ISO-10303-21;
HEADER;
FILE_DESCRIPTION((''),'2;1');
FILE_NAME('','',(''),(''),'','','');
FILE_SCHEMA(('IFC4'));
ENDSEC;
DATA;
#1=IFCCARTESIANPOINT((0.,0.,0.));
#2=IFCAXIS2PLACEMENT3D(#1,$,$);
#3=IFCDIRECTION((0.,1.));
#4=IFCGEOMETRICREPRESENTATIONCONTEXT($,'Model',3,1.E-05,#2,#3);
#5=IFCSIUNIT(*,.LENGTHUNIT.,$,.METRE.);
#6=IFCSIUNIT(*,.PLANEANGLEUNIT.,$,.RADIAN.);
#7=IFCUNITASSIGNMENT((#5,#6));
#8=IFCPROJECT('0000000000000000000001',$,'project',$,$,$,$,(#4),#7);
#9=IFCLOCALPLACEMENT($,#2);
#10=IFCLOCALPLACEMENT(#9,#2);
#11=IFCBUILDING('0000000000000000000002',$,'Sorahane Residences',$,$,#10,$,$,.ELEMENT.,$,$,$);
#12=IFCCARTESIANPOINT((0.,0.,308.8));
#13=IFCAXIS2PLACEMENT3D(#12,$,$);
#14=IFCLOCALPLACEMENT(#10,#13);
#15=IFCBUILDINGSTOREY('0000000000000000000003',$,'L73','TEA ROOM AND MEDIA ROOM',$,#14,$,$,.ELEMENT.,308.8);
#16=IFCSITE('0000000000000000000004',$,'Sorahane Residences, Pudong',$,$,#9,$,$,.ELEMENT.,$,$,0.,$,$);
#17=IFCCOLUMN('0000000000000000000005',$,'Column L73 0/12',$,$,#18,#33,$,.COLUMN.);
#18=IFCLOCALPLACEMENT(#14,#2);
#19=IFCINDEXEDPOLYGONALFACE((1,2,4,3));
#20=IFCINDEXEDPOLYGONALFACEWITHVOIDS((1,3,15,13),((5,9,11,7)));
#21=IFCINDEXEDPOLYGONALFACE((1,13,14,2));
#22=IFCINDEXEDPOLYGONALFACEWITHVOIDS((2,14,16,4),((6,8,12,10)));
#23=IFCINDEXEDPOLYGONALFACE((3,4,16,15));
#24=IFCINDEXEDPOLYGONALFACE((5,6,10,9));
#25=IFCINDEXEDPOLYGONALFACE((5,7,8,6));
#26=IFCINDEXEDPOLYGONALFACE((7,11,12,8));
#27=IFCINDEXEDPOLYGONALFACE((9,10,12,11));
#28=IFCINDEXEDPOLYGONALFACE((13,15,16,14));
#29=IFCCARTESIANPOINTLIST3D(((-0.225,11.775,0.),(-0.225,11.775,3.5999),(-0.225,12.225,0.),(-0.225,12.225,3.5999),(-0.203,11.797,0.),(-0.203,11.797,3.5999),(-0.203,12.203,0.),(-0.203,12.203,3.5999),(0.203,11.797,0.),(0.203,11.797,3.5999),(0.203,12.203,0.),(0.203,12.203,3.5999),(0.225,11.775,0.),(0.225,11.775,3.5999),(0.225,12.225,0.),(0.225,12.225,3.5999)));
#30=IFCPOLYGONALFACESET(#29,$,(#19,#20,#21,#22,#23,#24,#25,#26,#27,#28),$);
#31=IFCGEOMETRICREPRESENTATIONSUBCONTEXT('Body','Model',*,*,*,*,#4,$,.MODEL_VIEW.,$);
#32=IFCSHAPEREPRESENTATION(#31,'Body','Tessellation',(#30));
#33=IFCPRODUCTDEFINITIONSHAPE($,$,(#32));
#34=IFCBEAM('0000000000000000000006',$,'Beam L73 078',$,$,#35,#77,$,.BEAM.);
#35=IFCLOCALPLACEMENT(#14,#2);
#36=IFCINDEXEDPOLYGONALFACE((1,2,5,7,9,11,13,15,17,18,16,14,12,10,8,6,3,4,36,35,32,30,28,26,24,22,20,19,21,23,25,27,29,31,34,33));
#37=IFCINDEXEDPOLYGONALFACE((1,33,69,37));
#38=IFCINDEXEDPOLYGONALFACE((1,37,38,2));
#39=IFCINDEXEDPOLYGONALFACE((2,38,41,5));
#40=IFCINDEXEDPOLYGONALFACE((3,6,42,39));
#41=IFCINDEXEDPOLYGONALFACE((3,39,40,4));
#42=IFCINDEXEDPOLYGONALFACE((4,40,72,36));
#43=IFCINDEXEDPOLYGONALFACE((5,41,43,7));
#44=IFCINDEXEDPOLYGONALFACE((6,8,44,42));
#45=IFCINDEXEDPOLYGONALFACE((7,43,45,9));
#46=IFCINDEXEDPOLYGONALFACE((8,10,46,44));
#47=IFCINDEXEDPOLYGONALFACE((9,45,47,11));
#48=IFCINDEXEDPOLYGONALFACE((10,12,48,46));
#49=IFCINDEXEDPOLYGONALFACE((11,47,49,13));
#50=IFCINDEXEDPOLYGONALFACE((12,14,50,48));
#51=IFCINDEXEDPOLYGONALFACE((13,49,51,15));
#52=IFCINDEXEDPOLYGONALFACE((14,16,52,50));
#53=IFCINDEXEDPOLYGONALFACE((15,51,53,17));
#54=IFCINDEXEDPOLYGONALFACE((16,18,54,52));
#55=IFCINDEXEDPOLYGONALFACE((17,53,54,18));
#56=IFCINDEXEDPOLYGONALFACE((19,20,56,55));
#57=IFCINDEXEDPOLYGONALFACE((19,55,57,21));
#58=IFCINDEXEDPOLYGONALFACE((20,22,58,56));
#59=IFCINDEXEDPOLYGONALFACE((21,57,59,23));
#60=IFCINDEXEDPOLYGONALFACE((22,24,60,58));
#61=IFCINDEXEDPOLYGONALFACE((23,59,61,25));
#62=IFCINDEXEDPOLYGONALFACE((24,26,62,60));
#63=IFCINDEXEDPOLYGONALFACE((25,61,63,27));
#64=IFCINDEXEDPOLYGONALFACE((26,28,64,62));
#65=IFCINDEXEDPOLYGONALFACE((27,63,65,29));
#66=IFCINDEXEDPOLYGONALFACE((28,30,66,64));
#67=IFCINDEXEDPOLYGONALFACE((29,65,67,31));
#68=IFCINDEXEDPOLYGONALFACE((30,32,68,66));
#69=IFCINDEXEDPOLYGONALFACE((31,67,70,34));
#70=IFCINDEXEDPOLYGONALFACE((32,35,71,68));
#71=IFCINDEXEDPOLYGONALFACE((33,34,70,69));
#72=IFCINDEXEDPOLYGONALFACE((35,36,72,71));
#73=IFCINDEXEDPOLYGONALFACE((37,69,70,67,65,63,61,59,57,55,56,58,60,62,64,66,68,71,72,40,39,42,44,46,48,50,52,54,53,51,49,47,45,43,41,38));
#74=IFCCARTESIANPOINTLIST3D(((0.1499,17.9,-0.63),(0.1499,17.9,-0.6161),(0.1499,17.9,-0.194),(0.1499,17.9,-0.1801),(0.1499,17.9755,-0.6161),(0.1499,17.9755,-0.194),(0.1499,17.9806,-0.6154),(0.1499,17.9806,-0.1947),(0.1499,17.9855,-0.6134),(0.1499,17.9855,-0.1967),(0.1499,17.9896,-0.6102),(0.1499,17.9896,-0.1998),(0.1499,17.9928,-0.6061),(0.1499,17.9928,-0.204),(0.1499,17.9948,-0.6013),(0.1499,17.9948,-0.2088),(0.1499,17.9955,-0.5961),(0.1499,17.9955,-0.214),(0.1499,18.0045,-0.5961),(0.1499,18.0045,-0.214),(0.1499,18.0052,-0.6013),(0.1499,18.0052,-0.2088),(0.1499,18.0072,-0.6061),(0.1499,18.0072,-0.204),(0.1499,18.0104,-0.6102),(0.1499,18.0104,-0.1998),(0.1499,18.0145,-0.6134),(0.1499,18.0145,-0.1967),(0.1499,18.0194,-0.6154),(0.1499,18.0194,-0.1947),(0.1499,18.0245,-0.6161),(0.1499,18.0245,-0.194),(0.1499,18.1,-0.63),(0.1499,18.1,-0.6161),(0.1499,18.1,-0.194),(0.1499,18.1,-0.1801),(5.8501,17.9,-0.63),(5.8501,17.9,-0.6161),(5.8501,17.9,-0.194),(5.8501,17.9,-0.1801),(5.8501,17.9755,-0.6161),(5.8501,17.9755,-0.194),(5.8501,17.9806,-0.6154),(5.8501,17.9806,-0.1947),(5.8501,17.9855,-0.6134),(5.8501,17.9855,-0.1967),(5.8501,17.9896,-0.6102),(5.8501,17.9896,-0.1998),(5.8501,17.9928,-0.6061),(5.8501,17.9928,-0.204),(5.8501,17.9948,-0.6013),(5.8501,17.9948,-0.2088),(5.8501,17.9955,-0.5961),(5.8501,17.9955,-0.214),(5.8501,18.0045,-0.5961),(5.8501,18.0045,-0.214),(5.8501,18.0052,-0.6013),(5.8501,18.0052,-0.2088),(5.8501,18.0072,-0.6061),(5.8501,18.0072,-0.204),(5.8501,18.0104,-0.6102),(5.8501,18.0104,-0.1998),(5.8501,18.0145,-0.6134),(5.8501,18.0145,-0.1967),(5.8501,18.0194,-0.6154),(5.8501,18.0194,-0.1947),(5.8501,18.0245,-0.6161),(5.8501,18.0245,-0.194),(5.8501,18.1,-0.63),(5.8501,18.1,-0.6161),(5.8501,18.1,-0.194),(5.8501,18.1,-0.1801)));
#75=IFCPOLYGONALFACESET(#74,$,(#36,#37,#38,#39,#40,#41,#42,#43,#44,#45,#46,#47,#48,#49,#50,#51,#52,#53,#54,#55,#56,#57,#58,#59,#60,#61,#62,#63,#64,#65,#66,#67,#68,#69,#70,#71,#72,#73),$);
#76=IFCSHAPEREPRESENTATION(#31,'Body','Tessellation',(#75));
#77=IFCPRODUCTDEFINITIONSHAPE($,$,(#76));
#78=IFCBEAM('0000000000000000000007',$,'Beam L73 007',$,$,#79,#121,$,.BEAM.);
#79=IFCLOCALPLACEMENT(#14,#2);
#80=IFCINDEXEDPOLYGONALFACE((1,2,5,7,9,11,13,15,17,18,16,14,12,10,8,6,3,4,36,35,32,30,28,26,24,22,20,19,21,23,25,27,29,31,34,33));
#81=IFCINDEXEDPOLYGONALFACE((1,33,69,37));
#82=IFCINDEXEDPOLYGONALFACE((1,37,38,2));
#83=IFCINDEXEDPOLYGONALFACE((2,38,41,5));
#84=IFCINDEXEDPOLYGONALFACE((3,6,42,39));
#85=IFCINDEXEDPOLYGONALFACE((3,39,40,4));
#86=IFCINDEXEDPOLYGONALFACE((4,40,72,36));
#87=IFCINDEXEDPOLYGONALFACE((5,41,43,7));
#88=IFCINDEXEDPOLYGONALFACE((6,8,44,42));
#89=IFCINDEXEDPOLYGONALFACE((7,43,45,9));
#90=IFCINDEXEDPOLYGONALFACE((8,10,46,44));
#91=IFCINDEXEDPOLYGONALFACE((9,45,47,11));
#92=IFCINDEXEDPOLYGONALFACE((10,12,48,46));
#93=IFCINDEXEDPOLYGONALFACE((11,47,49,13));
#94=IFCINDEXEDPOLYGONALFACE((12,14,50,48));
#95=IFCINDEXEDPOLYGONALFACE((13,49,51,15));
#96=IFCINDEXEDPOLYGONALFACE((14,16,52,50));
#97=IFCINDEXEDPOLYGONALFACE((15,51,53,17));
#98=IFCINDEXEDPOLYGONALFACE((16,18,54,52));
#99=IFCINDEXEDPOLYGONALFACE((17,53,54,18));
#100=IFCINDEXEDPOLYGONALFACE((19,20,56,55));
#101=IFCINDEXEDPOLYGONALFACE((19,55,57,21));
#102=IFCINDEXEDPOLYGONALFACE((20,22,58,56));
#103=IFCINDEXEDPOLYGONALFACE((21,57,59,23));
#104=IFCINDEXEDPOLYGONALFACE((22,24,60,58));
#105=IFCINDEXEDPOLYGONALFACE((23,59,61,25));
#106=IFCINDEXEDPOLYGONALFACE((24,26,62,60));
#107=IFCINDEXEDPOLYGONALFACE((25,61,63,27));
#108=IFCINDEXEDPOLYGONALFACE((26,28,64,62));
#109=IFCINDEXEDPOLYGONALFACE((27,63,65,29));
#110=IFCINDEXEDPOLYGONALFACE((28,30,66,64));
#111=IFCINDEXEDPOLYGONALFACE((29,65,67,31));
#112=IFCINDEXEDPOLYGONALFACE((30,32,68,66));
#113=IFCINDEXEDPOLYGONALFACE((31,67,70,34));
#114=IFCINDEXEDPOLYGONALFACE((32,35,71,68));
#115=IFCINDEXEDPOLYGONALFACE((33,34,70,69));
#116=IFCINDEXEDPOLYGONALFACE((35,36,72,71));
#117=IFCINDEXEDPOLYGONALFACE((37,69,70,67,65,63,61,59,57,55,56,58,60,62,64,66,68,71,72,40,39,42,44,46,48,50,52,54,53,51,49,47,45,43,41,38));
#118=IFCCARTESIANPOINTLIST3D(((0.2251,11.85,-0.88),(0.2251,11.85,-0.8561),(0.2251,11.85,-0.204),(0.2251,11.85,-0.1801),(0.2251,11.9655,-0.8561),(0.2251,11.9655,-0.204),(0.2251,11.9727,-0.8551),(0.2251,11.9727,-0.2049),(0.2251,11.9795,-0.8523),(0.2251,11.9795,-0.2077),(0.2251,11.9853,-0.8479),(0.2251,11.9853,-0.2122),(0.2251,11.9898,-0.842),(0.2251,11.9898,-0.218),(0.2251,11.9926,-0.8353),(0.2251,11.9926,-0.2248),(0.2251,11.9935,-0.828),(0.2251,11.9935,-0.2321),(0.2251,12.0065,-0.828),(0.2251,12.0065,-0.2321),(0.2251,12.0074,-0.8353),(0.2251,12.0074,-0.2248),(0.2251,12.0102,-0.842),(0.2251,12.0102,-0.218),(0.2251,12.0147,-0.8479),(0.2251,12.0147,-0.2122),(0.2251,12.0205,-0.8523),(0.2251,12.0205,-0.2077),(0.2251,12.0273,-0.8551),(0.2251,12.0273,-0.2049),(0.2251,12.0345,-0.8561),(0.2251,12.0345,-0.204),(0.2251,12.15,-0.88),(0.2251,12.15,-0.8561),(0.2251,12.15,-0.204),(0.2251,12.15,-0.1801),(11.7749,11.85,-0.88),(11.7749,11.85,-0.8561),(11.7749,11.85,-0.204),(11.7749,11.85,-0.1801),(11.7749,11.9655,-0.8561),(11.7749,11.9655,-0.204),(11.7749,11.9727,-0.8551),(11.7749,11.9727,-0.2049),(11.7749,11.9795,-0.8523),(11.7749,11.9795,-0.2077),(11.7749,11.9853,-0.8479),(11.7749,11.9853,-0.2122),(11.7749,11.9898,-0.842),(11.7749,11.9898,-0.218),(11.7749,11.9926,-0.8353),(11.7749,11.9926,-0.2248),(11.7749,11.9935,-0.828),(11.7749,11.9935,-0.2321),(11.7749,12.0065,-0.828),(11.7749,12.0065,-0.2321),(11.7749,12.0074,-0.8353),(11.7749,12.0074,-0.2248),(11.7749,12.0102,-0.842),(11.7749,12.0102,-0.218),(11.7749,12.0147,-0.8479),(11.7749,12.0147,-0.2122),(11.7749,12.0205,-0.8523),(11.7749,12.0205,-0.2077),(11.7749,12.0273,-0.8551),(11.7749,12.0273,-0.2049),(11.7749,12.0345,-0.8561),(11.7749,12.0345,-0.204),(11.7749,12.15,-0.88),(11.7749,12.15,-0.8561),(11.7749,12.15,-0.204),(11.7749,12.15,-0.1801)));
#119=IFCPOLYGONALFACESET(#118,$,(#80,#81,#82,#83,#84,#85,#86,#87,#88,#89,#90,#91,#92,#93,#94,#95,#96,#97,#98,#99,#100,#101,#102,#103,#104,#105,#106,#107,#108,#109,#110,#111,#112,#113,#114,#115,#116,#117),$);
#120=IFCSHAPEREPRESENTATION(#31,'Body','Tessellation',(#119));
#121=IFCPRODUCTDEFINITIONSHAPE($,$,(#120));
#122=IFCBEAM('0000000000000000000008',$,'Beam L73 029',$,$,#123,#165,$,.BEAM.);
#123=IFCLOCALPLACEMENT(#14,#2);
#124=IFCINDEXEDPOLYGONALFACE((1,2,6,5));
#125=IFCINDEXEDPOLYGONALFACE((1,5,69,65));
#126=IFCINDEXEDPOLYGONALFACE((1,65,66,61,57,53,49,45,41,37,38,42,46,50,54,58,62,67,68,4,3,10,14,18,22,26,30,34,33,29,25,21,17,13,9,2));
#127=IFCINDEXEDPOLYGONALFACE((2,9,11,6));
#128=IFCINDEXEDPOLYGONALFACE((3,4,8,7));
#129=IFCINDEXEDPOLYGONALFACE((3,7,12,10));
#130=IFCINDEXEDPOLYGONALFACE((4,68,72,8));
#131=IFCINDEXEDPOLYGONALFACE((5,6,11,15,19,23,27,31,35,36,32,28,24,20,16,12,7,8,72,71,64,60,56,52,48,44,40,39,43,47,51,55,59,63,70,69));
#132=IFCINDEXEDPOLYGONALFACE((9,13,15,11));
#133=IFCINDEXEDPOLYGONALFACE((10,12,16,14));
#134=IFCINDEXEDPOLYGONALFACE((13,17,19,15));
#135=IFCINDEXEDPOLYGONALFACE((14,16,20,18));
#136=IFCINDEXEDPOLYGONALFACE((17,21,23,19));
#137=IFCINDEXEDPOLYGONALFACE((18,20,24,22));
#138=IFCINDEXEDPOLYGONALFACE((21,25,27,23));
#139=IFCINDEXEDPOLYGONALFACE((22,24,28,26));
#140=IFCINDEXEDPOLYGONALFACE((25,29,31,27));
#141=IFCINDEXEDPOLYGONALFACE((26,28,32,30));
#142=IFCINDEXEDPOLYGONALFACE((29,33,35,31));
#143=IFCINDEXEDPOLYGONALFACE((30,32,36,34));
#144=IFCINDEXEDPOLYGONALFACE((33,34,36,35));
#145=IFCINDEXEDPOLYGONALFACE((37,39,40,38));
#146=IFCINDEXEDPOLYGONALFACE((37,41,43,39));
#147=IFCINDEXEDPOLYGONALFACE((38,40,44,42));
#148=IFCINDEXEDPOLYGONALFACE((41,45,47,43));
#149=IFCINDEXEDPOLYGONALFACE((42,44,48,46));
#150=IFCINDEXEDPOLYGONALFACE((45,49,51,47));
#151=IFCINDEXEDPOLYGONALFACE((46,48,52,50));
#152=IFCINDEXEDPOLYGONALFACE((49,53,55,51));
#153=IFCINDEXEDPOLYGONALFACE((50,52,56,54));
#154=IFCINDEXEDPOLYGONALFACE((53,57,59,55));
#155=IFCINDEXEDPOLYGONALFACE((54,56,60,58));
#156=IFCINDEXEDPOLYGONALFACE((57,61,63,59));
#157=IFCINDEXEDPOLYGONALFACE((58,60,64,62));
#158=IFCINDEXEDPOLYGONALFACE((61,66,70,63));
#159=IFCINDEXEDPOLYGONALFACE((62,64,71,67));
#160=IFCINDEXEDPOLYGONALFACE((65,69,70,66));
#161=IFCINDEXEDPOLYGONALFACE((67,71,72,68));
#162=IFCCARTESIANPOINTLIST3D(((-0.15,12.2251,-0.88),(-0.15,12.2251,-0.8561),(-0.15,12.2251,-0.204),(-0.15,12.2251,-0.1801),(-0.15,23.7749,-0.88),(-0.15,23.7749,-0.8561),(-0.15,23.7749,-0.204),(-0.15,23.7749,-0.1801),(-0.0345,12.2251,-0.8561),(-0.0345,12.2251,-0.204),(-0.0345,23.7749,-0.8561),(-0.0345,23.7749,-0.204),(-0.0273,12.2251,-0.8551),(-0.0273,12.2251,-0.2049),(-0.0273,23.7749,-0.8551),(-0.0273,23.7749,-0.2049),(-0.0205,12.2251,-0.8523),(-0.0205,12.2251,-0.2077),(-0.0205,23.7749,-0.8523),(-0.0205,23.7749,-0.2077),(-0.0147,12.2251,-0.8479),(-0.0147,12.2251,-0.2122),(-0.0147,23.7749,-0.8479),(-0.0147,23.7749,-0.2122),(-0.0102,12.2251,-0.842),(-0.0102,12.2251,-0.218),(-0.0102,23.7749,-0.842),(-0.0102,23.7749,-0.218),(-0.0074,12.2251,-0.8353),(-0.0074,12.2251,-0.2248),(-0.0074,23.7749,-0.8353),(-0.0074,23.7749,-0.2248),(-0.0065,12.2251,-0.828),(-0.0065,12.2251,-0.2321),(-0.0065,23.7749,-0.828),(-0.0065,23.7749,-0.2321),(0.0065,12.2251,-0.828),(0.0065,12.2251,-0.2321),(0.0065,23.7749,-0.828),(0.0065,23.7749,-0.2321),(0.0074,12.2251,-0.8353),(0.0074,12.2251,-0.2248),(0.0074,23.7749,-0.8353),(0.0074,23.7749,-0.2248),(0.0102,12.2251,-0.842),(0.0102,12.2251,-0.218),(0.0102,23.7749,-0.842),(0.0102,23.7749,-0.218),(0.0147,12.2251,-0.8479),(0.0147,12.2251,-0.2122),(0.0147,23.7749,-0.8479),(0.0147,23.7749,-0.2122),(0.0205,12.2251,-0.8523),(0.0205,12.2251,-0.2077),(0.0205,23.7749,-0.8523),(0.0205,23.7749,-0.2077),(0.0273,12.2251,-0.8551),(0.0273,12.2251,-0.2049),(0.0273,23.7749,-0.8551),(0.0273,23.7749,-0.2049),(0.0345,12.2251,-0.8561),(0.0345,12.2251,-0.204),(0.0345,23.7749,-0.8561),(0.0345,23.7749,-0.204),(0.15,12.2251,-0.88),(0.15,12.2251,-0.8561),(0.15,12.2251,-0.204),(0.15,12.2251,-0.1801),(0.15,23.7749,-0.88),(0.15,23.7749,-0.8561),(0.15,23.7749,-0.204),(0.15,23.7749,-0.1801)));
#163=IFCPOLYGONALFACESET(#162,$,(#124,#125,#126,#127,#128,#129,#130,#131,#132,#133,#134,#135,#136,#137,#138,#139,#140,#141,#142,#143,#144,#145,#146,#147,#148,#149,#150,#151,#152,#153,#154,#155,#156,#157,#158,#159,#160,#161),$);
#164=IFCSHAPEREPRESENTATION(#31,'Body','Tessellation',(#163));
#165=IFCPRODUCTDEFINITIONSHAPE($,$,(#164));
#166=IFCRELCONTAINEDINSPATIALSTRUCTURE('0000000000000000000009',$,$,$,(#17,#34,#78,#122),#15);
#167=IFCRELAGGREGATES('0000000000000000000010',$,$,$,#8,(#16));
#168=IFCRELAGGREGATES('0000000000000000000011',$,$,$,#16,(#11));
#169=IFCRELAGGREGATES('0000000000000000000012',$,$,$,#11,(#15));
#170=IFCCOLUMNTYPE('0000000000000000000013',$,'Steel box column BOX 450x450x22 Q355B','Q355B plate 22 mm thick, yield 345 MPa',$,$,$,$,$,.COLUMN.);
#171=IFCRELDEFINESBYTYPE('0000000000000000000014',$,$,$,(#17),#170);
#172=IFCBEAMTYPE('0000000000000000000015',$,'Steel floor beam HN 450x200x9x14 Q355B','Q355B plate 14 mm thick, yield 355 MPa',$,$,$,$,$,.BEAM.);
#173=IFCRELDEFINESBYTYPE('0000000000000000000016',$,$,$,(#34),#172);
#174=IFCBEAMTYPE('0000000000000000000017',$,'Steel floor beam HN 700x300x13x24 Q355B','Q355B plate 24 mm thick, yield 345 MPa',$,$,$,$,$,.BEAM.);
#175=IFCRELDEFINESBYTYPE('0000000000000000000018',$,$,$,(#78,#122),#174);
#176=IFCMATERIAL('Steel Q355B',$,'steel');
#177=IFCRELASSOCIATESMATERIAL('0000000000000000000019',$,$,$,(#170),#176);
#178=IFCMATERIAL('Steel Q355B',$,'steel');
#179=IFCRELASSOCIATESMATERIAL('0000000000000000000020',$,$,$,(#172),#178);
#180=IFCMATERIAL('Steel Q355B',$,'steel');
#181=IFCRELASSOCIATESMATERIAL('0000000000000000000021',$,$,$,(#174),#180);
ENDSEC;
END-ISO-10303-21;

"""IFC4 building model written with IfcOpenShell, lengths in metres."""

from ifc_helpers import new_model, si_unit, direction, frame, origin, origin_2d, place, context, subcontext, project, spatial, hollow_rectangle, i_section, extrude, material, material_profile, profile_set, type_object, element, save


model = new_model("IFC4")

# Units and contexts
model_context = context("Model", 3, precision=1e-05, world=origin(), true_north=direction((0.0, 1.0)))
body_context = subcontext(model_context, "Body", "Model", "MODEL_VIEW")
ifc_project = project(units=[si_unit("LENGTHUNIT", "METRE"), si_unit("PLANEANGLEUNIT", "RADIAN")], contexts=[model_context])

# Site, building, storey
site_placement = place(None, origin())
site = spatial("IfcSite", under=ifc_project, at=site_placement, Name="Sorahane Residences, Pudong", CompositionType="ELEMENT", RefElevation=0.0)
building_placement = place(site_placement, origin())
building = spatial("IfcBuilding", under=site, at=building_placement, Name="Sorahane Residences", CompositionType="ELEMENT")
storey_placement = place(building_placement, frame((0.0, 0.0, 308.8)))
storey = spatial("IfcBuildingStorey", under=building, at=storey_placement, Name="L73", Description="TEA ROOM AND MEDIA ROOM", CompositionType="ELEMENT", Elevation=308.8)

# Column
ifc_material_1 = material(Name="Steel Q355B", Category="steel")
ifc_material_profile_1 = material_profile(ifc_material_1, hollow_rectangle(XDim=0.45, YDim=0.45, WallThickness=0.022, at=origin_2d()), Name="BOX 450x450x22")
ifc_profile_set_1 = profile_set([ifc_material_profile_1], Name="Steel Q355B")
column_type = type_object("IfcColumnType", Name="Steel box column BOX 450x450x22 Q355B", Description="Q355B plate 22 mm thick, yield 345 MPa", PredefinedType="COLUMN", material=ifc_profile_set_1)
column_placement = place(storey_placement, frame((0.0, 12.0, 0.0), z_axis=(0.0, 0.0, 1.0), x_axis=(1.0, 0.0, 0.0)))
element("IfcColumn", 1, at=column_placement, inside=storey, type_object=column_type, Name="Column L73 0/12", PredefinedType="COLUMN", context=body_context, shape_type="SweptSolid", body=[
    extrude(hollow_rectangle(XDim=0.45, YDim=0.45, WallThickness=0.022, at=origin_2d()), origin(), (0.0, 0.0, 1.0), 3.5999),
])

# Beams
ifc_material_2 = material(Name="Steel Q355B", Category="steel")
ifc_material_profile_2 = material_profile(ifc_material_2, i_section(OverallWidth=0.2, OverallDepth=0.45, WebThickness=0.009, FlangeThickness=0.0139, FilletRadius=0.02, at=origin_2d()), Name="HN 450x200x9x14")
ifc_profile_set_2 = profile_set([ifc_material_profile_2], Name="Steel Q355B")
beam_type_1 = type_object("IfcBeamType", Name="Steel floor beam HN 450x200x9x14 Q355B", Description="Q355B plate 14 mm thick, yield 355 MPa", PredefinedType="BEAM", material=ifc_profile_set_2)
beam_1_placement = place(storey_placement, frame((0.1499, 18.0, -0.405), z_axis=(1.0, 0.0, 0.0), x_axis=(0.0, 1.0, 0.0)))
element("IfcBeam", 2, at=beam_1_placement, inside=storey, type_object=beam_type_1, Name="Beam L73 078", PredefinedType="BEAM", context=body_context, shape_type="SweptSolid", body=[
    extrude(i_section(OverallWidth=0.2, OverallDepth=0.45, WebThickness=0.009, FlangeThickness=0.0139, FilletRadius=0.02, at=origin_2d()), origin(), (0.0, 0.0, 1.0), 5.7002),
])
ifc_material_3 = material(Name="Steel Q355B", Category="steel")
ifc_material_profile_3 = material_profile(ifc_material_3, i_section(OverallWidth=0.3, OverallDepth=0.7, WebThickness=0.0129, FlangeThickness=0.0239, FilletRadius=0.0281, at=origin_2d()), Name="HN 700x300x13x24")
ifc_profile_set_3 = profile_set([ifc_material_profile_3], Name="Steel Q355B")
beam_type_2 = type_object("IfcBeamType", Name="Steel floor beam HN 700x300x13x24 Q355B", Description="Q355B plate 24 mm thick, yield 345 MPa", PredefinedType="BEAM", material=ifc_profile_set_3)
for number, where, z_axis, x_axis, name in (
    (3, (0.2251, 12.0, -0.53), (1.0, 0.0, 0.0), (0.0, 1.0, 0.0), "Beam L73 007"),
    (4, (0.0, 12.2251, -0.53), (0.0, 1.0, 0.0), (-1.0, 0.0, 0.0), "Beam L73 029"),
):
    element("IfcBeam", number, at=place(storey_placement, frame(where, z_axis=z_axis, x_axis=x_axis)), inside=storey, type_object=beam_type_2, Name=name, PredefinedType="BEAM", context=body_context, shape_type="SweptSolid", body=[
        extrude(i_section(OverallWidth=0.3, OverallDepth=0.7, WebThickness=0.0129, FlangeThickness=0.0239, FilletRadius=0.0281, at=origin_2d()), origin(), (0.0, 0.0, 1.0), 11.5498),
    ])

save(model, "model.ifc")
